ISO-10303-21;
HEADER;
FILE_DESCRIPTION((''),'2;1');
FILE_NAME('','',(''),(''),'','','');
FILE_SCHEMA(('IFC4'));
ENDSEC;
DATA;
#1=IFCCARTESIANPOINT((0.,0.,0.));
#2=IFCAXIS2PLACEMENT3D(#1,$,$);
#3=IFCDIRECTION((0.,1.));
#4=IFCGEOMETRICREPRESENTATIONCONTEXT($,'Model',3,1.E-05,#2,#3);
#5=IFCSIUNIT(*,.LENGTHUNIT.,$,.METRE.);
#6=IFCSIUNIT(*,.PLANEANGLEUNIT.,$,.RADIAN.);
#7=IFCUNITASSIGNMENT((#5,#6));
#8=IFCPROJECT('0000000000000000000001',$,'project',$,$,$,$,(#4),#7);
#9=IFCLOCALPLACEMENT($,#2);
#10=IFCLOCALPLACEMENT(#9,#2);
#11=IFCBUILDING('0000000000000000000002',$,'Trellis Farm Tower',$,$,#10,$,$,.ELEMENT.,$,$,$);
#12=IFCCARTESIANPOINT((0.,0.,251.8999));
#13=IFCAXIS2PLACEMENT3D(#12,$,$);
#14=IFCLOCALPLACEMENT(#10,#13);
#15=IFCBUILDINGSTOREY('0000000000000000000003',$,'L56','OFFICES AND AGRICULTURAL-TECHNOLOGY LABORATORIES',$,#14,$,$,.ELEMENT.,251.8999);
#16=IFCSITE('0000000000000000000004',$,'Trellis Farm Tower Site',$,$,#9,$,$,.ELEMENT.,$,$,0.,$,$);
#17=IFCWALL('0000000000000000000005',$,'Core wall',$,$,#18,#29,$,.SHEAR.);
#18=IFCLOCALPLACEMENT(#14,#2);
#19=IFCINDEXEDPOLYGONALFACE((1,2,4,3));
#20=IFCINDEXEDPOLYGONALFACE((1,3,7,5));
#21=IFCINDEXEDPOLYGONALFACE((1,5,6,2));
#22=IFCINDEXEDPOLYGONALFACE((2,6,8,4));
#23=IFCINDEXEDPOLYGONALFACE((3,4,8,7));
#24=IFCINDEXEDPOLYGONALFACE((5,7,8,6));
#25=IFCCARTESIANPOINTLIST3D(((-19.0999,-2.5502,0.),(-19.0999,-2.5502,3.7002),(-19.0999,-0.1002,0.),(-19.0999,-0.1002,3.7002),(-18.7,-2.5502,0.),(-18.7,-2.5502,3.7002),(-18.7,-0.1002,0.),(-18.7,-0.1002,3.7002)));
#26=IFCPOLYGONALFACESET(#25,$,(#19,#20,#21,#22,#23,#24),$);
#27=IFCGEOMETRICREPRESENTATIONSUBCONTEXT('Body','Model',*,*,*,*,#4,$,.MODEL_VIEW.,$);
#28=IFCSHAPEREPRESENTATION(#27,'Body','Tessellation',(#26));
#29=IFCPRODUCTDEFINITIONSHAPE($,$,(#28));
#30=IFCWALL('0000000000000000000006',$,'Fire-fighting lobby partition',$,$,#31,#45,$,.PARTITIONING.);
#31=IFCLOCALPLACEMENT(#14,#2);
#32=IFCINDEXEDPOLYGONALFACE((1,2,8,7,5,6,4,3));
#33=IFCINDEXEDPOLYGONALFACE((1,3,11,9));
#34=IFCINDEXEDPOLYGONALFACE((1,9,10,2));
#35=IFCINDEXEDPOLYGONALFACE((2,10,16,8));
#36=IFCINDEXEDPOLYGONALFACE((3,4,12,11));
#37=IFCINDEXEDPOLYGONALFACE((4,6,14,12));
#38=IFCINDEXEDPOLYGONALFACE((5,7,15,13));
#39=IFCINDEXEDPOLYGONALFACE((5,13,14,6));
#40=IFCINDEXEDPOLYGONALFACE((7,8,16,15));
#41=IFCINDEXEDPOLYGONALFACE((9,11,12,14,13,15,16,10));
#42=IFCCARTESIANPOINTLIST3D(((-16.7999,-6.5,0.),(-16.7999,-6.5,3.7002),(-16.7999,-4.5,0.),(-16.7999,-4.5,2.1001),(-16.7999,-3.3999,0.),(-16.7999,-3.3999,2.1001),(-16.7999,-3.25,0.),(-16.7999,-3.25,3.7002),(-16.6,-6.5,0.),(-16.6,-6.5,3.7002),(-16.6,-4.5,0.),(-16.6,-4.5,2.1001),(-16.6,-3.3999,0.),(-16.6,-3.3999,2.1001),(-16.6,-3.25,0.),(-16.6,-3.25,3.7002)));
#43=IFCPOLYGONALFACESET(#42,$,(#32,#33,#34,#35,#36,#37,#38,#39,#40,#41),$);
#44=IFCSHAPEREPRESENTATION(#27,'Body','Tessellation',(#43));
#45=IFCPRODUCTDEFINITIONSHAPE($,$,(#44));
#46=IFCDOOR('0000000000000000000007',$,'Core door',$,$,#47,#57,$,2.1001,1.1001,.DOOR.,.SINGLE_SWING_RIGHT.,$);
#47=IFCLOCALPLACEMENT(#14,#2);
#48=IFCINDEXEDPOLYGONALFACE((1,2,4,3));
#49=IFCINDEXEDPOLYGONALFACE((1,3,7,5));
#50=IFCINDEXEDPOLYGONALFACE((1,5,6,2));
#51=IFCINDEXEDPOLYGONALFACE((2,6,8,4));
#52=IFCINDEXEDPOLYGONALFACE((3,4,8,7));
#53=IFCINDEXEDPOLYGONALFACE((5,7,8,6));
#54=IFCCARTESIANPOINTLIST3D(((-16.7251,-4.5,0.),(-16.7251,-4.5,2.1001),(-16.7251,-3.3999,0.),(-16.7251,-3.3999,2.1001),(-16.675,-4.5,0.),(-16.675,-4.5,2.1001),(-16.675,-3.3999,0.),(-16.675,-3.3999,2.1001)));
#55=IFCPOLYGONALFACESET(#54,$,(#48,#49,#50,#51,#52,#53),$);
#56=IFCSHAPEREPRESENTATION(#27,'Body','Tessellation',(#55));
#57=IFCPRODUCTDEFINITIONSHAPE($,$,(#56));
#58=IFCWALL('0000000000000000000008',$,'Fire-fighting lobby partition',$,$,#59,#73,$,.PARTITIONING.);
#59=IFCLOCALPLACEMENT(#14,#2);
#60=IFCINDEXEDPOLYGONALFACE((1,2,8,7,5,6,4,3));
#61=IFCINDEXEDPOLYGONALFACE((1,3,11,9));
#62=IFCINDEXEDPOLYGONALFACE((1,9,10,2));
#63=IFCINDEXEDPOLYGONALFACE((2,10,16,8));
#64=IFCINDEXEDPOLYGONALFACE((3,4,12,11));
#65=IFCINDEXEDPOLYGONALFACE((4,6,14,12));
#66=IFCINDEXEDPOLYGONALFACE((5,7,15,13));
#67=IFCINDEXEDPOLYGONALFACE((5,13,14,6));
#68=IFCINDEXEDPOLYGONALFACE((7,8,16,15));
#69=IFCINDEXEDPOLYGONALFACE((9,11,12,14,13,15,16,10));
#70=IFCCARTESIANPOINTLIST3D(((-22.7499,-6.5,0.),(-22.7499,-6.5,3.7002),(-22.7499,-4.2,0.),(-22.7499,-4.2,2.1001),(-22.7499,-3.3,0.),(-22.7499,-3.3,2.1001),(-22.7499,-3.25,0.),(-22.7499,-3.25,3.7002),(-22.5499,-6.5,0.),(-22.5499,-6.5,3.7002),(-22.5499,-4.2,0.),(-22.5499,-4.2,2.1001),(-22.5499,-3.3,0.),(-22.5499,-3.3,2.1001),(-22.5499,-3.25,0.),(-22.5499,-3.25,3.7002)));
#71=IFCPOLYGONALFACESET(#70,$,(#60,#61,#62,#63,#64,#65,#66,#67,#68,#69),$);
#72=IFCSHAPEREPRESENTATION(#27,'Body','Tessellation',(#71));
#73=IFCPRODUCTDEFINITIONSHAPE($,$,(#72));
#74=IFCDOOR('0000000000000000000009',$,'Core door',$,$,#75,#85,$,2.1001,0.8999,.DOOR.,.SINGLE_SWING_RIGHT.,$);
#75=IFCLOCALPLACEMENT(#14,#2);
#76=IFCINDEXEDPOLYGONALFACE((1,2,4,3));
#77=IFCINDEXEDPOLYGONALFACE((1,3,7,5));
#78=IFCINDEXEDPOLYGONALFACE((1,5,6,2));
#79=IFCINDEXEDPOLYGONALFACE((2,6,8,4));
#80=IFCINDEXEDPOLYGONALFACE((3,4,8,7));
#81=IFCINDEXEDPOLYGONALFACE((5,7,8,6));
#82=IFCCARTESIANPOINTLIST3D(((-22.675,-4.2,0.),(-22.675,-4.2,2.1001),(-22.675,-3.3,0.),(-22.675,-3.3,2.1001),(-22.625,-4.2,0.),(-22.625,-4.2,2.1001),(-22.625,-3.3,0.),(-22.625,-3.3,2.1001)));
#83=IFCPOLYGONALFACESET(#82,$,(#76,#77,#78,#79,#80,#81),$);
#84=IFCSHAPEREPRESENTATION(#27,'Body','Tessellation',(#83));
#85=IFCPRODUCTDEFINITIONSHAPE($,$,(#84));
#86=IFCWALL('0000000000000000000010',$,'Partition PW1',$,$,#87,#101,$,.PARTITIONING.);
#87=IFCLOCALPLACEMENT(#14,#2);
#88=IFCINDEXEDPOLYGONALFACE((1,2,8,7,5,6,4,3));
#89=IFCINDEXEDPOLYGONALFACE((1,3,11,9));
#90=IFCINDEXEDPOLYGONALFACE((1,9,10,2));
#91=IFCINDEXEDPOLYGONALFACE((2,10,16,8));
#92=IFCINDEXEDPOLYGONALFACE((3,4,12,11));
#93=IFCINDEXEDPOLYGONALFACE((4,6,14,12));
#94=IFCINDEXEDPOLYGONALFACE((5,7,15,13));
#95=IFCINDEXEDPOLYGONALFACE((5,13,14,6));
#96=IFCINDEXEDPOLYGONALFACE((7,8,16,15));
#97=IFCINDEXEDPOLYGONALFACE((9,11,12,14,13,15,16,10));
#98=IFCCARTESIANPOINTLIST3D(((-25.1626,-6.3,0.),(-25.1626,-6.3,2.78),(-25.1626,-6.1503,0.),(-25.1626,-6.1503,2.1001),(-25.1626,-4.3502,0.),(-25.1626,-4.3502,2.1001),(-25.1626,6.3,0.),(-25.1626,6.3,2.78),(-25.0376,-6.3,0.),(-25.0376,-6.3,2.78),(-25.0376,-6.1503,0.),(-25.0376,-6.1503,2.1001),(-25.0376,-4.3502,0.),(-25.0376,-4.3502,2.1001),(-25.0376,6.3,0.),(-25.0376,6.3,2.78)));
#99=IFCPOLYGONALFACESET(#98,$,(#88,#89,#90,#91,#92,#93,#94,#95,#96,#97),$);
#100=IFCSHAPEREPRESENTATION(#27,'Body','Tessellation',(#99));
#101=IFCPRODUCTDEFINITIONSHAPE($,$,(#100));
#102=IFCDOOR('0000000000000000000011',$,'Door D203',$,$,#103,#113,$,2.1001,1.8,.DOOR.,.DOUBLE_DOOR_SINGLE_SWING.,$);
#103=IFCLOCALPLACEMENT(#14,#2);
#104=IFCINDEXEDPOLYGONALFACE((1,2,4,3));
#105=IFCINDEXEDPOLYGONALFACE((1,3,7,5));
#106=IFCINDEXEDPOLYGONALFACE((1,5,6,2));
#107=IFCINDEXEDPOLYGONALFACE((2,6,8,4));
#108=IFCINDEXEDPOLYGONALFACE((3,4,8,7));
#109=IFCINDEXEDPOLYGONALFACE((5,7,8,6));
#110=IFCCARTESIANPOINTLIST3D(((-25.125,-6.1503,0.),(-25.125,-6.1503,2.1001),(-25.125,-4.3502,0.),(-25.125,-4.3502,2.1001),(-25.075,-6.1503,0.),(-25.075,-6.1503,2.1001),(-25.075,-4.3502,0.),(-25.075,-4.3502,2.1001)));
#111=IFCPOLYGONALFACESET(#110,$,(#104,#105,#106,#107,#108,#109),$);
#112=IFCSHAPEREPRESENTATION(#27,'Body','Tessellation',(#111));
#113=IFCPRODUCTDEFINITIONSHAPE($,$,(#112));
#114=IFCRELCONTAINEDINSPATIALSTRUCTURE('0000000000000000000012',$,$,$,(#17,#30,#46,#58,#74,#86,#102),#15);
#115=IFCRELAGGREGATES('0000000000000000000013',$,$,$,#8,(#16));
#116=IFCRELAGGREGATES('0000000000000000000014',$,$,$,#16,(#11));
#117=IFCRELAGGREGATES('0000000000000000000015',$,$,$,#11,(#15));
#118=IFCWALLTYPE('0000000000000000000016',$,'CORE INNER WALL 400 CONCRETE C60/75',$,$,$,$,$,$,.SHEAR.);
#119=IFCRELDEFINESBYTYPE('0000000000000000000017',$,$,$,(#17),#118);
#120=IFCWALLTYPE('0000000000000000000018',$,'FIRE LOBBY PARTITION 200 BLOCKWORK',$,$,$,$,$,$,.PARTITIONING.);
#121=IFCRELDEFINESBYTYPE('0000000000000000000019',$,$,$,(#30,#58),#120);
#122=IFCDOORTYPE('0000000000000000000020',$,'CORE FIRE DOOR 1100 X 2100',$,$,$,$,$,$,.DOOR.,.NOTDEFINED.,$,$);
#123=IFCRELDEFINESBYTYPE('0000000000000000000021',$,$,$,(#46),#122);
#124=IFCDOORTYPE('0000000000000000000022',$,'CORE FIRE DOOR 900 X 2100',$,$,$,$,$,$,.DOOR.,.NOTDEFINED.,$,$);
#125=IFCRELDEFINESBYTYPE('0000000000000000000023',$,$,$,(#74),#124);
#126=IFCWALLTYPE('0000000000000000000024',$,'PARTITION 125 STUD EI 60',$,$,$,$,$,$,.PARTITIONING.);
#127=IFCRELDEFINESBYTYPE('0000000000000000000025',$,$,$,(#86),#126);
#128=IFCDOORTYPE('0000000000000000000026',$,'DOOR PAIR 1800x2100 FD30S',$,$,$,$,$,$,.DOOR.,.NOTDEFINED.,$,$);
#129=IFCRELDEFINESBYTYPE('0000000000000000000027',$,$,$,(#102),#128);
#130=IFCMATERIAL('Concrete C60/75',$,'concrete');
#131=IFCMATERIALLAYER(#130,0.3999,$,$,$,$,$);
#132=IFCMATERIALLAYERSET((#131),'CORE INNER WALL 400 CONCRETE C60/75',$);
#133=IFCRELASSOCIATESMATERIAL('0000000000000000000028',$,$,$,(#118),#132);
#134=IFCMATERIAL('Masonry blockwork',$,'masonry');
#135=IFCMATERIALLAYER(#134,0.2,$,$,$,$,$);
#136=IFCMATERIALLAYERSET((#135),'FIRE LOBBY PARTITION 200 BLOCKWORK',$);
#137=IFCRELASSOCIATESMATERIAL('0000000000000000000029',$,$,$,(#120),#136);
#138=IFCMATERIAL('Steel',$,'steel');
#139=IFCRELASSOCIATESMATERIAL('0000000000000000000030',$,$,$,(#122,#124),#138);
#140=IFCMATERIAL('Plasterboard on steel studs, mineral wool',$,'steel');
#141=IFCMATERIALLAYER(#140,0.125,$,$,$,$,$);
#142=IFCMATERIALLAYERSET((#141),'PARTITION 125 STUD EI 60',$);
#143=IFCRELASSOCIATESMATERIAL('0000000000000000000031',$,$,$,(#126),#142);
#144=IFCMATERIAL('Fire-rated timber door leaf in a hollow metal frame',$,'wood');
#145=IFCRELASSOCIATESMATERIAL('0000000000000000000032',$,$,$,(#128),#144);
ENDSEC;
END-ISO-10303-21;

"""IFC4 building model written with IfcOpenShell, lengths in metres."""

from ifc_helpers import new_model, si_unit, direction, frame, frame_2d, origin, place, context, subcontext, project, spatial, rectangle, extrude, source, transform, mapped, material, layer, layer_set, type_object, element, fill, save


model = new_model("IFC4")

# Units and contexts
model_context = context("Model", 3, precision=1e-05, world=origin(), true_north=direction((0.0, 1.0)))
body_context = subcontext(model_context, "Body", "Model", "MODEL_VIEW")
ifc_project = project(units=[si_unit("LENGTHUNIT", "METRE"), si_unit("PLANEANGLEUNIT", "RADIAN")], contexts=[model_context])

# Site, building, storey
site_placement = place(None, origin())
site = spatial("IfcSite", under=ifc_project, at=site_placement, Name="Trellis Farm Tower Site", CompositionType="ELEMENT", RefElevation=0.0)
building_placement = place(site_placement, origin())
building = spatial("IfcBuilding", under=site, at=building_placement, Name="Trellis Farm Tower", CompositionType="ELEMENT")
storey_placement = place(building_placement, frame((0.0, 0.0, 251.8999)))
storey = spatial("IfcBuildingStorey", under=building, at=storey_placement, Name="L56", Description="OFFICES AND AGRICULTURAL-TECHNOLOGY LABORATORIES", CompositionType="ELEMENT", Elevation=251.8999)

# Shared definitions
ifc_material_1 = material(Name="Concrete C60/75", Category="concrete")

# Wall
ifc_layer_1 = layer(ifc_material_1, 0.3999)
ifc_layer_set_1 = layer_set([ifc_layer_1], Name="CORE INNER WALL 400 CONCRETE C60/75")
wall_type_1 = type_object("IfcWallType", Name="CORE INNER WALL 400 CONCRETE C60/75", PredefinedType="SHEAR", material=ifc_layer_set_1)
shared_shape_1 = source(origin(), body_context, "Body", "SweptSolid", [
    extrude(rectangle(XDim=2.45, YDim=0.3999, at=frame_2d((1.2251, 0.0))), origin(), (0.0, 0.0, 1.0), 3.7002),
])
for number, where, z_axis, x_axis, name in (
    (1, (-18.8999, -0.1001, 0.0), (0.0, 0.0, 1.0), (0.0, -1.0, 0.0), "Core wall"),
):
    element("IfcWall", number, at=place(storey_placement, frame(where, z_axis=z_axis, x_axis=x_axis)), inside=storey, type_object=wall_type_1, Name=name, PredefinedType="SHEAR", context=body_context, shape_type="MappedRepresentation", body=[
        mapped(shared_shape_1, transform((0.0, 0.0, 0.0))),
    ])

# Walls, openings, doors
ifc_material_2 = material(Name="Masonry blockwork", Category="masonry")
ifc_layer_2 = layer(ifc_material_2, 0.2)
ifc_layer_set_2 = layer_set([ifc_layer_2], Name="FIRE LOBBY PARTITION 200 BLOCKWORK")
wall_type_2 = type_object("IfcWallType", Name="FIRE LOBBY PARTITION 200 BLOCKWORK", PredefinedType="PARTITIONING", material=ifc_layer_set_2)
shared_shape_2 = source(origin(), body_context, "Body", "SweptSolid", [
    extrude(rectangle(XDim=3.25, YDim=0.2, at=frame_2d((1.625, 0.0))), origin(), (0.0, 0.0, 1.0), 3.7002),
])
wall_1_placement = place(storey_placement, frame((-16.7, -3.25, 0.0), z_axis=(0.0, 0.0, 1.0), x_axis=(0.0, -1.0, 0.0)))
wall_1 = element("IfcWall", 2, at=wall_1_placement, inside=storey, type_object=wall_type_2, Name="Fire-fighting lobby partition", PredefinedType="PARTITIONING", context=body_context, shape_type="MappedRepresentation", body=[
    mapped(shared_shape_2, transform((0.0, 0.0, 0.0))),
])
shared_shape_3 = source(origin(), body_context, "Body", "SweptSolid", [
    extrude(rectangle(XDim=1.1001, YDim=2.1001, at=frame_2d((0.55, 1.05))), frame((0.0, 0.1101, 0.0), z_axis=(0.0, -1.0, 0.0), x_axis=(1.0, 0.0, 0.0)), (0.0, 0.0, 1.0), 0.2202),
])
opening_1_placement = place(wall_1_placement, frame((0.1499, 0.0, 0.0)))
opening_1 = element("IfcOpeningElement", 3, at=opening_1_placement, cuts=wall_1, PredefinedType="OPENING", context=body_context, shape_type="MappedRepresentation", body=[
    mapped(shared_shape_3, transform((0.0, 0.0, 0.0))),
])
ifc_material_3 = material(Name="Steel", Category="steel")
door_type_1 = type_object("IfcDoorType", Name="CORE FIRE DOOR 1100 X 2100", OperationType="NOTDEFINED", PredefinedType="DOOR", material=ifc_material_3)
shared_shape_4 = source(origin(), body_context, "Body", "SweptSolid", [
    extrude(rectangle(XDim=1.1001, YDim=2.1001, at=frame_2d((0.55, 1.05))), frame((0.0, 0.0249, 0.0), z_axis=(0.0, -1.0, 0.0), x_axis=(1.0, 0.0, 0.0)), (0.0, 0.0, 1.0), 0.05),
])
door_1_placement = place(opening_1_placement, origin())
door_1 = element("IfcDoor", 4, at=door_1_placement, inside=storey, type_object=door_type_1, Name="Core door", OperationType="SINGLE_SWING_RIGHT", OverallHeight=2.1001, OverallWidth=1.1001, PredefinedType="DOOR", context=body_context, shape_type="MappedRepresentation", body=[
    mapped(shared_shape_4, transform((0.0, 0.0, 0.0))),
])
fill(opening_1, door_1)
wall_2_placement = place(storey_placement, frame((-22.6499, -3.25, 0.0), z_axis=(0.0, 0.0, 1.0), x_axis=(0.0, -1.0, 0.0)))
wall_2 = element("IfcWall", 5, at=wall_2_placement, inside=storey, type_object=wall_type_2, Name="Fire-fighting lobby partition", PredefinedType="PARTITIONING", context=body_context, shape_type="MappedRepresentation", body=[
    mapped(shared_shape_2, transform((0.0, 0.0, 0.0))),
])
shared_shape_5 = source(origin(), body_context, "Body", "SweptSolid", [
    extrude(rectangle(XDim=0.8999, YDim=2.1001, at=frame_2d((0.45, 1.05))), frame((0.0, 0.1101, 0.0), z_axis=(0.0, -1.0, 0.0), x_axis=(1.0, 0.0, 0.0)), (0.0, 0.0, 1.0), 0.2202),
])
opening_2_placement = place(wall_2_placement, frame((0.05, 0.0, 0.0)))
opening_2 = element("IfcOpeningElement", 6, at=opening_2_placement, cuts=wall_2, PredefinedType="OPENING", context=body_context, shape_type="MappedRepresentation", body=[
    mapped(shared_shape_5, transform((0.0, 0.0, 0.0))),
])
door_type_2 = type_object("IfcDoorType", Name="CORE FIRE DOOR 900 X 2100", OperationType="NOTDEFINED", PredefinedType="DOOR", material=ifc_material_3)
shared_shape_6 = source(origin(), body_context, "Body", "SweptSolid", [
    extrude(rectangle(XDim=0.8999, YDim=2.1001, at=frame_2d((0.45, 1.05))), frame((0.0, 0.0249, 0.0), z_axis=(0.0, -1.0, 0.0), x_axis=(1.0, 0.0, 0.0)), (0.0, 0.0, 1.0), 0.05),
])
door_2_placement = place(opening_2_placement, origin())
door_2 = element("IfcDoor", 7, at=door_2_placement, inside=storey, type_object=door_type_2, Name="Core door", OperationType="SINGLE_SWING_RIGHT", OverallHeight=2.1001, OverallWidth=0.8999, PredefinedType="DOOR", context=body_context, shape_type="MappedRepresentation", body=[
    mapped(shared_shape_6, transform((0.0, 0.0, 0.0))),
])
fill(opening_2, door_2)
ifc_material_4 = material(Name="Plasterboard on steel studs, mineral wool", Category="steel")
ifc_layer_3 = layer(ifc_material_4, 0.125)
ifc_layer_set_3 = layer_set([ifc_layer_3], Name="PARTITION 125 STUD EI 60")
wall_type_3 = type_object("IfcWallType", Name="PARTITION 125 STUD EI 60", PredefinedType="PARTITIONING", material=ifc_layer_set_3)
shared_shape_7 = source(origin(), body_context, "Body", "SweptSolid", [
    extrude(rectangle(XDim=12.6001, YDim=0.125, at=frame_2d((6.3, 0.0))), origin(), (0.0, 0.0, 1.0), 2.78),
])
wall_3_placement = place(storey_placement, frame((-25.1001, -6.3, 0.0), z_axis=(0.0, 0.0, 1.0), x_axis=(0.0, 1.0, 0.0)))
wall_3 = element("IfcWall", 8, at=wall_3_placement, inside=storey, type_object=wall_type_3, Name="Partition PW1", PredefinedType="PARTITIONING", context=body_context, shape_type="MappedRepresentation", body=[
    mapped(shared_shape_7, transform((0.0, 0.0, 0.0))),
])
shared_shape_8 = source(origin(), body_context, "Body", "SweptSolid", [
    extrude(rectangle(XDim=1.8, YDim=2.1001, at=frame_2d((0.8999, 1.05))), frame((0.0, 0.0725, 0.0), z_axis=(0.0, -1.0, 0.0), x_axis=(1.0, 0.0, 0.0)), (0.0, 0.0, 1.0), 0.145),
])
opening_3_placement = place(wall_3_placement, frame((0.1499, 0.0, 0.0)))
opening_3 = element("IfcOpeningElement", 9, at=opening_3_placement, cuts=wall_3, PredefinedType="OPENING", context=body_context, shape_type="MappedRepresentation", body=[
    mapped(shared_shape_8, transform((0.0, 0.0, 0.0))),
])
ifc_material_5 = material(Name="Fire-rated timber door leaf in a hollow metal frame", Category="wood")
door_type_3 = type_object("IfcDoorType", Name="DOOR PAIR 1800x2100 FD30S", OperationType="NOTDEFINED", PredefinedType="DOOR", material=ifc_material_5)
shared_shape_9 = source(origin(), body_context, "Body", "SweptSolid", [
    extrude(rectangle(XDim=1.8, YDim=2.1001, at=frame_2d((0.8999, 1.05))), frame((0.0, 0.0249, 0.0), z_axis=(0.0, -1.0, 0.0), x_axis=(1.0, 0.0, 0.0)), (0.0, 0.0, 1.0), 0.05),
])
door_3_placement = place(opening_3_placement, origin())
door_3 = element("IfcDoor", 10, at=door_3_placement, inside=storey, type_object=door_type_3, Name="Door D203", OperationType="DOUBLE_DOOR_SINGLE_SWING", OverallHeight=2.1001, OverallWidth=1.8, PredefinedType="DOOR", context=body_context, shape_type="MappedRepresentation", body=[
    mapped(shared_shape_9, transform((0.0, 0.0, 0.0))),
])
fill(opening_3, door_3)

save(model, "model.ifc")
